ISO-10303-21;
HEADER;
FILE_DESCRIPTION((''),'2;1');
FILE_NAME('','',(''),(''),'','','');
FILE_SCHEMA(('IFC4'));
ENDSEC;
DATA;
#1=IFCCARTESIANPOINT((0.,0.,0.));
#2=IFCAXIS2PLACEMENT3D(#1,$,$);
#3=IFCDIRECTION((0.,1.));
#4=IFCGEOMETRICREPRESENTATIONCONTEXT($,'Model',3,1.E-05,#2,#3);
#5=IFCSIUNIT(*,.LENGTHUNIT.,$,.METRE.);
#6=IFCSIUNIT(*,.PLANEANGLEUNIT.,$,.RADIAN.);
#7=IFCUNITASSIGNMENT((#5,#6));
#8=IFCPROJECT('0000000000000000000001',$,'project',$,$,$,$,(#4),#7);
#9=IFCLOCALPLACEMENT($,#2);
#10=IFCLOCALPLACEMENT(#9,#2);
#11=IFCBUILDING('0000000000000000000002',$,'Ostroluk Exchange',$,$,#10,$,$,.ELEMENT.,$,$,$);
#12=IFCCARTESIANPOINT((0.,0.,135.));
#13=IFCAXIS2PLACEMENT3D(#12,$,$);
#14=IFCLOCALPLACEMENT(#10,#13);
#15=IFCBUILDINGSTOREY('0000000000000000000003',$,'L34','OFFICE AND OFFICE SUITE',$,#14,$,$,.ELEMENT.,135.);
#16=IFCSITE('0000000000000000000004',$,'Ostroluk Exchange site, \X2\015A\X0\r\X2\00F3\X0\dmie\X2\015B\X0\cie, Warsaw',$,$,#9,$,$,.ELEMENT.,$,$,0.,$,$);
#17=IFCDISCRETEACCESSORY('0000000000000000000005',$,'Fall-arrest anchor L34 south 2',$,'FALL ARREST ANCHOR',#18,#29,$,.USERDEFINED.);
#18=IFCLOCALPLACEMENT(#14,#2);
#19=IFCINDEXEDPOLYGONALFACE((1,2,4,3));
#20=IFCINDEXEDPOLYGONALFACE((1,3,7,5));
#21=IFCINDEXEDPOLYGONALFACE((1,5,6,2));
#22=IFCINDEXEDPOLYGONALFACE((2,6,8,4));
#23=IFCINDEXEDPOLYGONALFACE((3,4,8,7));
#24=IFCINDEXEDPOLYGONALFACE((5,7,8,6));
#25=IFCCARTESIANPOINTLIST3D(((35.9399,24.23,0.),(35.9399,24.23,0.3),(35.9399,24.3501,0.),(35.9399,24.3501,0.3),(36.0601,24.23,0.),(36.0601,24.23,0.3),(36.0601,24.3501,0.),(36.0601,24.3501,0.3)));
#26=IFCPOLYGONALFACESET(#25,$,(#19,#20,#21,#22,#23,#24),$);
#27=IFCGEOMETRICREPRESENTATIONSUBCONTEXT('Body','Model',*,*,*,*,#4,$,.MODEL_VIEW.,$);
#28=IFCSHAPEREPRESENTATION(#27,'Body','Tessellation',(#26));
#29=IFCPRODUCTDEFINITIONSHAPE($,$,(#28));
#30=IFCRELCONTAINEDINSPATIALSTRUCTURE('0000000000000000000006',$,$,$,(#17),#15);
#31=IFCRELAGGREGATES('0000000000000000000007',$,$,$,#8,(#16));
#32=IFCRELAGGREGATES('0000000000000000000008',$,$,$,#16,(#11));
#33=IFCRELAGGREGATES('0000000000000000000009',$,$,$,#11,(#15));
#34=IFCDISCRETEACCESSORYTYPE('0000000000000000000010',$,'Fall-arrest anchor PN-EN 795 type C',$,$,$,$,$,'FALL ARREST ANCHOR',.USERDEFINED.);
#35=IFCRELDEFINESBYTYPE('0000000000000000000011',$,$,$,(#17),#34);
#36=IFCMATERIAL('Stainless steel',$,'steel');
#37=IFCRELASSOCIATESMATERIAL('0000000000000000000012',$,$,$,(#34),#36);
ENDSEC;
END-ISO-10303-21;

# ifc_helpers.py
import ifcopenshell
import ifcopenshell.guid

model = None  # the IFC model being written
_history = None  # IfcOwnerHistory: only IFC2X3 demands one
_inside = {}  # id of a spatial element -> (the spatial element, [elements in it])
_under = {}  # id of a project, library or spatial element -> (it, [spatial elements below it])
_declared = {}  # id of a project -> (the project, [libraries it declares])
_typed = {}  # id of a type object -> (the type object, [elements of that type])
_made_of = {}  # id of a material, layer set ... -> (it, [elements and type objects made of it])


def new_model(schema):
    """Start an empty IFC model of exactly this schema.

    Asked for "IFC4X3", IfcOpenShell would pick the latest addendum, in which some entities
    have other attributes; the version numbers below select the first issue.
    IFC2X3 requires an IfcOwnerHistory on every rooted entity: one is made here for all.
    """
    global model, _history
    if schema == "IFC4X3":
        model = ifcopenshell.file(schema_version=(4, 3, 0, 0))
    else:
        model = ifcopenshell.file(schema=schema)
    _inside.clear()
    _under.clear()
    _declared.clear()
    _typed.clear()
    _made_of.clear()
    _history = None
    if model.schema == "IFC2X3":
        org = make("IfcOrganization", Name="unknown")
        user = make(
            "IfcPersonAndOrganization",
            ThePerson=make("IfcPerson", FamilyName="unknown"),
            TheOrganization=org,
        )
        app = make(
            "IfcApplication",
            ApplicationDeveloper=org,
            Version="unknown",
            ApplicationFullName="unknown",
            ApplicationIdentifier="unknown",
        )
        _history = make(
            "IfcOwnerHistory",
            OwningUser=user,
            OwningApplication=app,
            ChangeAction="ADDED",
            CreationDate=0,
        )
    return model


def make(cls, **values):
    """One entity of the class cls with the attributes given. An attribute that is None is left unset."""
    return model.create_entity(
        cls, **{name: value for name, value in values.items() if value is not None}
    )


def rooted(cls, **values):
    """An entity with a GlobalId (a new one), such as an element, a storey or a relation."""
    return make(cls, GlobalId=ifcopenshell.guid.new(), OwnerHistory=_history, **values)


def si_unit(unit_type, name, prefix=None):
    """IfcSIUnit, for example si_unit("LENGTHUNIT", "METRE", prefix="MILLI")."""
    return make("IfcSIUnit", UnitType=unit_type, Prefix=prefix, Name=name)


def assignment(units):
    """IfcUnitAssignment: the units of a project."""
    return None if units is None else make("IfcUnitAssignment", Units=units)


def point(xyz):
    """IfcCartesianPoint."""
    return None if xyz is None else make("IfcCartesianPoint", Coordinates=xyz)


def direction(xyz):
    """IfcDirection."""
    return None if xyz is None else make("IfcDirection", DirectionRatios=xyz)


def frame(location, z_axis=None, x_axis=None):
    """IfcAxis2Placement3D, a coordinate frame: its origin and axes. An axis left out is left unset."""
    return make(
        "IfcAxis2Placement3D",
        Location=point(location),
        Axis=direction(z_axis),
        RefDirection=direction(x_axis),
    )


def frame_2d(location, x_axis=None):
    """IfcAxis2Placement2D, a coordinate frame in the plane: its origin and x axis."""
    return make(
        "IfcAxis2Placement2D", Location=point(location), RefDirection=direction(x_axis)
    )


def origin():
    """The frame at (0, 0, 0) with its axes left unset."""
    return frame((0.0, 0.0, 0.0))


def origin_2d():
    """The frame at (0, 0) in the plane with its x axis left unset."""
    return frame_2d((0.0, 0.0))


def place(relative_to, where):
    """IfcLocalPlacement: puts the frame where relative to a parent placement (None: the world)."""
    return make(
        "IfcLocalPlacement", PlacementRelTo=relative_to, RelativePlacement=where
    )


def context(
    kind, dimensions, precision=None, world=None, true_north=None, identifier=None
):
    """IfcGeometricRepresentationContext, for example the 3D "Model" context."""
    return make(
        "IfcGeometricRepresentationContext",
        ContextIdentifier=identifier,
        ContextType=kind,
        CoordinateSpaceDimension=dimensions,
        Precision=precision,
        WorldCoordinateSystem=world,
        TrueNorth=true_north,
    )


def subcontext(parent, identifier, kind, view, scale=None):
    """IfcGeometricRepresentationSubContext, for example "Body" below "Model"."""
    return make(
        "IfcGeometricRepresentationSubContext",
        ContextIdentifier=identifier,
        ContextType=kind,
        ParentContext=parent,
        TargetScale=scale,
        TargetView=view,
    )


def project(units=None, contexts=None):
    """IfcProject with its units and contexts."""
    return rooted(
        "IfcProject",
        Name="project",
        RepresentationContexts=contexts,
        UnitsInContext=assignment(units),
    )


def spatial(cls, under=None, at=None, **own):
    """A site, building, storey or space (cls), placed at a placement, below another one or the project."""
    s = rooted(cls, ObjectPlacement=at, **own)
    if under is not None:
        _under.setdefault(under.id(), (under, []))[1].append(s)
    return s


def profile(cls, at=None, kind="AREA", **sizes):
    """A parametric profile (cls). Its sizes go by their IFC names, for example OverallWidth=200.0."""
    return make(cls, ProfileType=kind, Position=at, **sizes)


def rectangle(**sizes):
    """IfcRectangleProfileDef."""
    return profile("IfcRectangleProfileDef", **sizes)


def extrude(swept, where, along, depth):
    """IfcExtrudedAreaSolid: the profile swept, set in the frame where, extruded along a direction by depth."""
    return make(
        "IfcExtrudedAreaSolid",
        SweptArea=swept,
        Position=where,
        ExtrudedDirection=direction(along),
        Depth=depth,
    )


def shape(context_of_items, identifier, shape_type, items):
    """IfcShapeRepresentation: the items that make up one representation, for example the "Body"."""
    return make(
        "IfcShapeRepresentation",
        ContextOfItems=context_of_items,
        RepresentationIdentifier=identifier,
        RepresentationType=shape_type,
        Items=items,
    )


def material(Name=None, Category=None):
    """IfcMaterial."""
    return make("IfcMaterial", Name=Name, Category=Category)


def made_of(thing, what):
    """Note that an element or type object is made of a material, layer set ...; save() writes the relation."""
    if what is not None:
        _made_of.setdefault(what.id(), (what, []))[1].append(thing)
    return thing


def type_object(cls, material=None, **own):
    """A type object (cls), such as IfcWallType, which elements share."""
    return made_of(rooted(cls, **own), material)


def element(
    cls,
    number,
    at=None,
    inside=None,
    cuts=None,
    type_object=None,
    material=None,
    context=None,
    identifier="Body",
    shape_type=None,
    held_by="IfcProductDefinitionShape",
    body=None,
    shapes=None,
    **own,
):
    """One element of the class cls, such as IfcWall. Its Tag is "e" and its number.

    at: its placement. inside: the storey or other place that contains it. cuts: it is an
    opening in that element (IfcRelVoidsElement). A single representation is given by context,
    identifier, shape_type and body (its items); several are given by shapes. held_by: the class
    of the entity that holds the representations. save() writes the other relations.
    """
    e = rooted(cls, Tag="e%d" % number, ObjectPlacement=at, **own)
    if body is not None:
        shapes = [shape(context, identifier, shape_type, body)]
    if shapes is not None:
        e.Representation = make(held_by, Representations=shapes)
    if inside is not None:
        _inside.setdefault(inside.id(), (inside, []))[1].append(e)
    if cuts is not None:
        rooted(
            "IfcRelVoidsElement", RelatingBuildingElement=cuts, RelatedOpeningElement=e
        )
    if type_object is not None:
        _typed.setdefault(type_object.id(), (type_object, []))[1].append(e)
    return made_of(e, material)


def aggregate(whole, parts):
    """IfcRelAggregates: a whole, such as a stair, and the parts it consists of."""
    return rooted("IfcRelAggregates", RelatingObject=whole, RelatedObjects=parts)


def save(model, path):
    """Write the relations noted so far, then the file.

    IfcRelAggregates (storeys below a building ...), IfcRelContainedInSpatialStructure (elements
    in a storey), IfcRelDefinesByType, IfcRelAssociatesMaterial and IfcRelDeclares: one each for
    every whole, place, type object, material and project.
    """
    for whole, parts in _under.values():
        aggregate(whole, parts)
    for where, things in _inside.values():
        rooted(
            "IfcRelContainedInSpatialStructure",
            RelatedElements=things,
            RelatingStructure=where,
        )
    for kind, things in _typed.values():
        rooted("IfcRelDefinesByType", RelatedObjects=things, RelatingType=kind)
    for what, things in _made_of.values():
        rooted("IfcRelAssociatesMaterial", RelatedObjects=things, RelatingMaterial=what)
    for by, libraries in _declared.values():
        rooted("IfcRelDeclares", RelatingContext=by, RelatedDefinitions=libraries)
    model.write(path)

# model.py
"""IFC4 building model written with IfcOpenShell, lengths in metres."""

from ifc_helpers import new_model, si_unit, direction, frame, origin, origin_2d, place, context, subcontext, project, spatial, rectangle, extrude, material, type_object, element, save


model = new_model("IFC4")

# Units and contexts
model_context = context("Model", 3, precision=1e-05, world=origin(), true_north=direction((0.0, 1.0)))
body_context = subcontext(model_context, "Body", "Model", "MODEL_VIEW")
ifc_project = project(units=[si_unit("LENGTHUNIT", "METRE"), si_unit("PLANEANGLEUNIT", "RADIAN")], contexts=[model_context])

# Site, building, storey
site_placement = place(None, origin())
site = spatial("IfcSite", under=ifc_project, at=site_placement, Name="Ostroluk Exchange site, Śródmieście, Warsaw", CompositionType="ELEMENT", RefElevation=0.0)
building_placement = place(site_placement, origin())
building = spatial("IfcBuilding", under=site, at=building_placement, Name="Ostroluk Exchange", CompositionType="ELEMENT")
storey_placement = place(building_placement, frame((0.0, 0.0, 135.0)))
storey = spatial("IfcBuildingStorey", under=building, at=storey_placement, Name="L34", Description="OFFICE AND OFFICE SUITE", CompositionType="ELEMENT", Elevation=135.0)

# Discrete accessory
ifc_material_1 = material(Name="Stainless steel", Category="steel")
discrete_accessory_type = type_object("IfcDiscreteAccessoryType", Name="Fall-arrest anchor PN-EN 795 type C", ElementType="FALL ARREST ANCHOR", PredefinedType="USERDEFINED", material=ifc_material_1)
for number, where, z_axis, x_axis, name in (
    (1, (36.0, 24.29, 0.0), (0.0, 0.0, 1.0), (1.0, 0.0, 0.0), "Fall-arrest anchor L34 south 2"),
):
    element("IfcDiscreteAccessory", number, at=place(storey_placement, frame(where, z_axis=z_axis, x_axis=x_axis)), inside=storey, type_object=discrete_accessory_type, Name=name, ObjectType="FALL ARREST ANCHOR", PredefinedType="USERDEFINED", context=body_context, shape_type="SweptSolid", body=[
        extrude(rectangle(XDim=0.1201, YDim=0.1201, at=origin_2d()), origin(), (0.0, 0.0, 1.0), 0.3),
    ])

save(model, "model.ifc")
